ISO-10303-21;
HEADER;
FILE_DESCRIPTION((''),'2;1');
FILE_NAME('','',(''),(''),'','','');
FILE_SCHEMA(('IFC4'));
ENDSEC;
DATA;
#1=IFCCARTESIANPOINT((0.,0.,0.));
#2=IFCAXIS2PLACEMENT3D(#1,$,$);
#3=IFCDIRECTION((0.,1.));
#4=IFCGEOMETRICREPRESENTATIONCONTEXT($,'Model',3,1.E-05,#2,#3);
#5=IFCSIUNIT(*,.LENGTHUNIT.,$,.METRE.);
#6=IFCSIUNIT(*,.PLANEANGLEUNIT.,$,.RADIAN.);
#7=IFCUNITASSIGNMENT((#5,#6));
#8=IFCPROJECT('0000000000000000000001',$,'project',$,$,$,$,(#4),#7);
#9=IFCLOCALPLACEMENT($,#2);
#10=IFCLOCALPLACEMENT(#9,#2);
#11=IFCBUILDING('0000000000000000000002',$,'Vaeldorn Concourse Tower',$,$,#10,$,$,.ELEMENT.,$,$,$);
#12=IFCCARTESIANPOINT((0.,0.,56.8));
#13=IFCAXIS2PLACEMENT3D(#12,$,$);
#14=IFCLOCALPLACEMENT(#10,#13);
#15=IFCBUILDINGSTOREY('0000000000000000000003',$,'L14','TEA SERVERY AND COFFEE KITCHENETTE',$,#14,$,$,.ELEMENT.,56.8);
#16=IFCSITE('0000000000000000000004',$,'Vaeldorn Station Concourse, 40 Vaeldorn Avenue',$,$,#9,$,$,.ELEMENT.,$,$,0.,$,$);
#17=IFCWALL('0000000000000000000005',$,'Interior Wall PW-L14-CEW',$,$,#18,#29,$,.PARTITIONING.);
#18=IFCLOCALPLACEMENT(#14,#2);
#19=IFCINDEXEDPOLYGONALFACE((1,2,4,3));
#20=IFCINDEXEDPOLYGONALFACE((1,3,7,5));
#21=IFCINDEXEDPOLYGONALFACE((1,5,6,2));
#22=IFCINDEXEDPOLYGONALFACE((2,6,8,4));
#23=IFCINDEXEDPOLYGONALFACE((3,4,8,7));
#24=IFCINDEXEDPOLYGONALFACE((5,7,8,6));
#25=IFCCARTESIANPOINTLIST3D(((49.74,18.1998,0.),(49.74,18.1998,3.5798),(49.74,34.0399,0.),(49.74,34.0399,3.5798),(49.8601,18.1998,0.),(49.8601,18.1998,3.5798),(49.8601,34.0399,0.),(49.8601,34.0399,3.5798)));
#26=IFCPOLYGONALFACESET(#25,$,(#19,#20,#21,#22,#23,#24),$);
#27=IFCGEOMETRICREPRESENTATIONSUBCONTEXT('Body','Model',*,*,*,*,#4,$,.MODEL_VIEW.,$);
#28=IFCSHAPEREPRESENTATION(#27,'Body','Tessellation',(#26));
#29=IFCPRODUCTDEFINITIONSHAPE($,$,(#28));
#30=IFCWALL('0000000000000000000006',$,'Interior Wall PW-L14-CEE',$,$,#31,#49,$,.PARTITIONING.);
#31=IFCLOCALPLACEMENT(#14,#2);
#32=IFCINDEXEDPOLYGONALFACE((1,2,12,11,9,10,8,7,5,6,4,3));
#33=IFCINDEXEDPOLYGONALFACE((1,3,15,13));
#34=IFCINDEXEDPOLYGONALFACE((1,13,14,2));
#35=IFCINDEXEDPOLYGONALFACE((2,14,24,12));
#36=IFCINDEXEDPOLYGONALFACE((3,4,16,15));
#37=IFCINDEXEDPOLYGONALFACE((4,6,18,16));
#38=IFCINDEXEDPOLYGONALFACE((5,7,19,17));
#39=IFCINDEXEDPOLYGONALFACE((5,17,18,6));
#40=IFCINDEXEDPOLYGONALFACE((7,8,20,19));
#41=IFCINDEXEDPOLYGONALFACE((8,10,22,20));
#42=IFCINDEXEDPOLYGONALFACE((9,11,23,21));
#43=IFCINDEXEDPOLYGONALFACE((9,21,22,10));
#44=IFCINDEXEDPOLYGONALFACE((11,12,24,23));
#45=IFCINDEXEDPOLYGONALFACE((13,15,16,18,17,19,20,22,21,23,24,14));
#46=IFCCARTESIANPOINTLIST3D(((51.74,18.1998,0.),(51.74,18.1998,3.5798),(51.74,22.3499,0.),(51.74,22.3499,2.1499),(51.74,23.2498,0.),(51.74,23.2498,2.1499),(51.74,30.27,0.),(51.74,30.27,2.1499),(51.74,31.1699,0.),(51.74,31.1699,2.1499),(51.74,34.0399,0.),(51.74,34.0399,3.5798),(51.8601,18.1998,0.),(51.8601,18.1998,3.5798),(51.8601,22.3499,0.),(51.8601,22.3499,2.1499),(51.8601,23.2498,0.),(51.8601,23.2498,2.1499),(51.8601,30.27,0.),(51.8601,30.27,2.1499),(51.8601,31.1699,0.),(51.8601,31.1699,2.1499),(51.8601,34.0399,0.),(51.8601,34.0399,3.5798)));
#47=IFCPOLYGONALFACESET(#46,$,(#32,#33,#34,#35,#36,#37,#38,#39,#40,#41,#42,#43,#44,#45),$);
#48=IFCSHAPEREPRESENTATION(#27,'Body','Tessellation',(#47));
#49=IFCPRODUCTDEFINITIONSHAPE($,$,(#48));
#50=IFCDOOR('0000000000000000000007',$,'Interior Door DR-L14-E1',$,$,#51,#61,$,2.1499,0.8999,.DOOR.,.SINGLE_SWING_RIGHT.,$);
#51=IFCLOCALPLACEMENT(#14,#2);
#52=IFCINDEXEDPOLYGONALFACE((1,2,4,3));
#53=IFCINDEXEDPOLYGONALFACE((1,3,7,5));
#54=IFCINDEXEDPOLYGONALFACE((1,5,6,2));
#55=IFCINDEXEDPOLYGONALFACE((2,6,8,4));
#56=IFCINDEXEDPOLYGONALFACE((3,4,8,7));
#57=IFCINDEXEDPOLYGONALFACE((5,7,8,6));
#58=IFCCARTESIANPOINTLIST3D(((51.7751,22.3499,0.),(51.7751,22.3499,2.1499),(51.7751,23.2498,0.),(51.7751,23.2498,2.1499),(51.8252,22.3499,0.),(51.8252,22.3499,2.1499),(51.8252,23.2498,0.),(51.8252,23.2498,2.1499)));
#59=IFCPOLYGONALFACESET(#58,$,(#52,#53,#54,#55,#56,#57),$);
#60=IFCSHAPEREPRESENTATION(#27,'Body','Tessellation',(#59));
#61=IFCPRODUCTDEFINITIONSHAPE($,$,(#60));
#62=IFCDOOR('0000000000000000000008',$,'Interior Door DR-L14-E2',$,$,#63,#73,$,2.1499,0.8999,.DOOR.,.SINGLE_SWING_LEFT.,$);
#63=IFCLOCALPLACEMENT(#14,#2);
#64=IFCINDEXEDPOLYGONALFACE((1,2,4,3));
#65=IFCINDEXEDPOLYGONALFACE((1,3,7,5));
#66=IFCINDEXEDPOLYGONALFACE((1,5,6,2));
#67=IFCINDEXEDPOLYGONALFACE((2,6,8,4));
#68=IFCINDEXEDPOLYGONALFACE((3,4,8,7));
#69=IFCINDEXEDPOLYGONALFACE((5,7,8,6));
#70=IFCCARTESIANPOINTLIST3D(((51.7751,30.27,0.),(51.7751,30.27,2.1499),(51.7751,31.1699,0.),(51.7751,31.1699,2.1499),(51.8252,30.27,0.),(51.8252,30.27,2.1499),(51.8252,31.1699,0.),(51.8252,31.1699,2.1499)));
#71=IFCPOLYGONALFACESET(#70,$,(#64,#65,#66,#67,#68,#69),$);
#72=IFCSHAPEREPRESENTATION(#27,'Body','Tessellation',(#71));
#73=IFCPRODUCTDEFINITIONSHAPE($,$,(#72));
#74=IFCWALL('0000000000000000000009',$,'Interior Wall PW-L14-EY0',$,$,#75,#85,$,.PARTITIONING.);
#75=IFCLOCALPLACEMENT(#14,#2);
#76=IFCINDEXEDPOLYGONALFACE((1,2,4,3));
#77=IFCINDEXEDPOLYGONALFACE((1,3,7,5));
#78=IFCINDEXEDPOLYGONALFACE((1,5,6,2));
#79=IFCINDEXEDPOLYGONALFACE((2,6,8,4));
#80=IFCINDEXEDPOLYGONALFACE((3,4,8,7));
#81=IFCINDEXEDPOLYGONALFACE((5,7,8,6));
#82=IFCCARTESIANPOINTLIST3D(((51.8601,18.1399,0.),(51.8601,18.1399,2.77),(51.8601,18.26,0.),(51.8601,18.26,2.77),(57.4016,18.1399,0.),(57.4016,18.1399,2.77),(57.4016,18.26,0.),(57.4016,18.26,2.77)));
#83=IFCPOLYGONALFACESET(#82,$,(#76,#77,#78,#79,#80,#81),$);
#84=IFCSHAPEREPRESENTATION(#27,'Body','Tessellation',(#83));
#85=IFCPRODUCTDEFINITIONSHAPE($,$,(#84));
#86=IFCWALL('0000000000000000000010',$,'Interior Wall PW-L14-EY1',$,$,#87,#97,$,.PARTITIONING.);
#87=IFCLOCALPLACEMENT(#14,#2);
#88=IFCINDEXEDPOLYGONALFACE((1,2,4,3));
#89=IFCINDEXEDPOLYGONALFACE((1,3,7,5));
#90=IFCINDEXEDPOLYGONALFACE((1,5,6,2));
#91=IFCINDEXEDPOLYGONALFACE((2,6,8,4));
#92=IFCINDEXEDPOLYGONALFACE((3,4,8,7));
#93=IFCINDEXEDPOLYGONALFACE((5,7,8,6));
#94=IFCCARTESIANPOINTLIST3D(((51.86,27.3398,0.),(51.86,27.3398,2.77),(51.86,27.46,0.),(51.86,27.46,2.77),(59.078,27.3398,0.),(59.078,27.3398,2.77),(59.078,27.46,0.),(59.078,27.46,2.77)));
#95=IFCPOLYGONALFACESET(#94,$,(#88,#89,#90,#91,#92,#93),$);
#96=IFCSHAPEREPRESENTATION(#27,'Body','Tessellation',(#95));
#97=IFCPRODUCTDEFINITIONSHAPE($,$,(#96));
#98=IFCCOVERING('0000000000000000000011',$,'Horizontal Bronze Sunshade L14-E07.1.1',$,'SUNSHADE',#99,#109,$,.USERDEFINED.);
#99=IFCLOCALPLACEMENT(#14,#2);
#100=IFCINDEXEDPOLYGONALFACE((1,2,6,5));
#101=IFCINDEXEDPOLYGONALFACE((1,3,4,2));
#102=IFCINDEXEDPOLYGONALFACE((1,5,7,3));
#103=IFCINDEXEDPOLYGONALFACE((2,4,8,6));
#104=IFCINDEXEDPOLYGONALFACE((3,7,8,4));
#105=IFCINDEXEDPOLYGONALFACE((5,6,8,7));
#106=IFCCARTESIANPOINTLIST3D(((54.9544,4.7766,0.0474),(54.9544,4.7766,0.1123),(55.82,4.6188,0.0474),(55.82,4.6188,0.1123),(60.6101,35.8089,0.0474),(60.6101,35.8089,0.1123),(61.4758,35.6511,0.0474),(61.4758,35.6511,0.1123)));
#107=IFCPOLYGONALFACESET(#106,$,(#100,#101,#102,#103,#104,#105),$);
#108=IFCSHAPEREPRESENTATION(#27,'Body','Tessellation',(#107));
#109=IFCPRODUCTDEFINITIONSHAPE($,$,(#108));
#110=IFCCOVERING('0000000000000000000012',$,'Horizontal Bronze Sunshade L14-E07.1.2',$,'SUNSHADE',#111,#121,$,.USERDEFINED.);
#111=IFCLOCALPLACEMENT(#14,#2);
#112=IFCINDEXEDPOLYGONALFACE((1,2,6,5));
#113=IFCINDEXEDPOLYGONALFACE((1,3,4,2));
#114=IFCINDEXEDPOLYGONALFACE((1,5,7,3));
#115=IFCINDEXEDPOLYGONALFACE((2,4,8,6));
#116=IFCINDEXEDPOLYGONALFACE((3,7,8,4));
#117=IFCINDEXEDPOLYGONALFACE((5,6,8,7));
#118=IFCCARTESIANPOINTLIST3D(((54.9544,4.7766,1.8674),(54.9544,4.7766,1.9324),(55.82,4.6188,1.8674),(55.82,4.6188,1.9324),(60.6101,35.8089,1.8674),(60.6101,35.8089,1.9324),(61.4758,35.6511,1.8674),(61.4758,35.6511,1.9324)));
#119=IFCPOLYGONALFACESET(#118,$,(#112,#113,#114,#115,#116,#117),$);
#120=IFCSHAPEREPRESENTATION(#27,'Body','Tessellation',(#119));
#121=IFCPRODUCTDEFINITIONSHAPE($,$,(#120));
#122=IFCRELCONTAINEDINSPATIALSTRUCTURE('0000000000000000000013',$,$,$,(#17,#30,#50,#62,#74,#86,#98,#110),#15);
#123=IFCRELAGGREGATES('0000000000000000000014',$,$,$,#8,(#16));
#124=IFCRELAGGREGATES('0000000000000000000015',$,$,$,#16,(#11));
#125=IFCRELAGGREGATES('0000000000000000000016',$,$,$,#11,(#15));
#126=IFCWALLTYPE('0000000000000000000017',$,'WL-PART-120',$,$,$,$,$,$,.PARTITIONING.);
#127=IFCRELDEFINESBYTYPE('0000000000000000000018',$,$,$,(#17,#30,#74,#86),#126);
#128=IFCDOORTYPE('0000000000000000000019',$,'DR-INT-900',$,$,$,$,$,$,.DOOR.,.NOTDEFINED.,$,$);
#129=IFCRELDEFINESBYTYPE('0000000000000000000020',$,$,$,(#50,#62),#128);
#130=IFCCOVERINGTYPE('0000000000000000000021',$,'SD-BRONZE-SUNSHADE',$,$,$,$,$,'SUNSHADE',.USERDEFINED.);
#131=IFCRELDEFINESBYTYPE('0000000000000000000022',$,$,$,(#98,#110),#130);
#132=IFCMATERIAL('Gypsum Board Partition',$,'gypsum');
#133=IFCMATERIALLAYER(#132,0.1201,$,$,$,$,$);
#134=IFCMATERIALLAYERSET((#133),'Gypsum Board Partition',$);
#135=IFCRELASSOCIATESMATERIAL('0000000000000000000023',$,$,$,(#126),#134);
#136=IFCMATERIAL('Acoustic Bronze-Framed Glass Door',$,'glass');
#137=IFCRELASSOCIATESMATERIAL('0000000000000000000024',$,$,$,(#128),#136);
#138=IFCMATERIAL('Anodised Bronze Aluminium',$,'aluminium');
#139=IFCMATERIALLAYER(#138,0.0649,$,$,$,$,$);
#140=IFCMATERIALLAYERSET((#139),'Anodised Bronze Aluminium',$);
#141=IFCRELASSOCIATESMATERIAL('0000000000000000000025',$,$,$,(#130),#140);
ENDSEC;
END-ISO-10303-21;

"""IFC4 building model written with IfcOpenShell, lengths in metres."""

from ifc_helpers import new_model, si_unit, direction, frame, frame_2d, origin, origin_2d, place, context, subcontext, project, spatial, rectangle, extrude, source, transform, mapped, material, layer, layer_set, type_object, element, fill, save


model = new_model("IFC4")

# Units and contexts
model_context = context("Model", 3, precision=1e-05, world=origin(), true_north=direction((0.0, 1.0)))
body_context = subcontext(model_context, "Body", "Model", "MODEL_VIEW")
ifc_project = project(units=[si_unit("LENGTHUNIT", "METRE"), si_unit("PLANEANGLEUNIT", "RADIAN")], contexts=[model_context])

# Site, building, storey
site_placement = place(None, origin())
site = spatial("IfcSite", under=ifc_project, at=site_placement, Name="Vaeldorn Station Concourse, 40 Vaeldorn Avenue", CompositionType="ELEMENT", RefElevation=0.0)
building_placement = place(site_placement, origin())
building = spatial("IfcBuilding", under=site, at=building_placement, Name="Vaeldorn Concourse Tower", CompositionType="ELEMENT")
storey_placement = place(building_placement, frame((0.0, 0.0, 56.8)))
storey = spatial("IfcBuildingStorey", under=building, at=storey_placement, Name="L14", Description="TEA SERVERY AND COFFEE KITCHENETTE", CompositionType="ELEMENT", Elevation=56.8)

# Shared definitions
ifc_material_1 = material(Name="Anodised Bronze Aluminium", Category="aluminium")

# Shared definitions
ifc_material_2 = material(Name="Gypsum Board Partition", Category="gypsum")
ifc_layer_1 = layer(ifc_material_2, 0.1201)
ifc_layer_set_1 = layer_set([ifc_layer_1], Name="Gypsum Board Partition")
wall_type = type_object("IfcWallType", Name="WL-PART-120", PredefinedType="PARTITIONING", material=ifc_layer_set_1)

# Shared definitions
ifc_material_3 = material(Name="Acoustic Bronze-Framed Glass Door", Category="glass")
door_type = type_object("IfcDoorType", Name="DR-INT-900", OperationType="NOTDEFINED", PredefinedType="DOOR", material=ifc_material_3)
shared_shape_1 = source(origin(), body_context, "Body", "SweptSolid", [
    extrude(rectangle(XDim=0.8999, YDim=2.1499, at=frame_2d((0.45, 1.075))), frame((0.0, 0.0249, 0.0), z_axis=(0.0, -1.0, 0.0), x_axis=(1.0, 0.0, 0.0)), (0.0, 0.0, 1.0), 0.05),
])

# Wall
wall_1_placement = place(storey_placement, frame((49.8, 18.2, 0.0), z_axis=(0.0, 0.0, 1.0), x_axis=(0.0, 1.0, 0.0)))
element("IfcWall", 1, at=wall_1_placement, inside=storey, type_object=wall_type, Name="Interior Wall PW-L14-CEW", PredefinedType="PARTITIONING", context=body_context, shape_type="SweptSolid", body=[
    extrude(rectangle(XDim=15.8401, YDim=0.1201, at=frame_2d((7.9199, 0.0))), origin(), (0.0, 0.0, 1.0), 3.5798),
])

# Wall, openings, doors
wall_2_placement = place(storey_placement, frame((51.8, 18.2, 0.0), z_axis=(0.0, 0.0, 1.0), x_axis=(0.0, 1.0, 0.0)))
wall_2 = element("IfcWall", 2, at=wall_2_placement, inside=storey, type_object=wall_type, Name="Interior Wall PW-L14-CEE", PredefinedType="PARTITIONING", context=body_context, shape_type="SweptSolid", body=[
    extrude(rectangle(XDim=15.8401, YDim=0.1201, at=frame_2d((7.9199, 0.0))), origin(), (0.0, 0.0, 1.0), 3.5798),
])
opening_1_placement = place(wall_2_placement, frame((4.1499, 0.0, 0.0)))
opening_1 = element("IfcOpeningElement", 3, at=opening_1_placement, cuts=wall_2, PredefinedType="OPENING", context=body_context, shape_type="SweptSolid", body=[
    extrude(rectangle(XDim=0.8999, YDim=2.1499, at=frame_2d((0.45, 1.075))), frame((0.0, 0.0701, 0.0), z_axis=(0.0, -1.0, 0.0), x_axis=(1.0, 0.0, 0.0)), (0.0, 0.0, 1.0), 0.1401),
])
opening_2_placement = place(wall_2_placement, frame((12.0701, 0.0, 0.0)))
opening_2 = element("IfcOpeningElement", 4, at=opening_2_placement, cuts=wall_2, PredefinedType="OPENING", context=body_context, shape_type="SweptSolid", body=[
    extrude(rectangle(XDim=0.8999, YDim=2.1499, at=frame_2d((0.45, 1.075))), frame((0.0, 0.0701, 0.0), z_axis=(0.0, -1.0, 0.0), x_axis=(1.0, 0.0, 0.0)), (0.0, 0.0, 1.0), 0.1401),
])
door_1_placement = place(opening_1_placement, origin())
door_1 = element("IfcDoor", 5, at=door_1_placement, inside=storey, type_object=door_type, Name="Interior Door DR-L14-E1", OperationType="SINGLE_SWING_RIGHT", OverallHeight=2.1499, OverallWidth=0.8999, PredefinedType="DOOR", context=body_context, shape_type="MappedRepresentation", body=[
    mapped(shared_shape_1, transform((0.0, 0.0, 0.0), scale=1.0)),
])
fill(opening_1, door_1)
door_2_placement = place(opening_2_placement, origin())
door_2 = element("IfcDoor", 6, at=door_2_placement, inside=storey, type_object=door_type, Name="Interior Door DR-L14-E2", OperationType="SINGLE_SWING_LEFT", OverallHeight=2.1499, OverallWidth=0.8999, PredefinedType="DOOR", context=body_context, shape_type="MappedRepresentation", body=[
    mapped(shared_shape_1, transform((0.0, 0.0, 0.0), scale=1.0)),
])
fill(opening_2, door_2)

# Walls
wall_3_placement = place(storey_placement, frame((51.8601, 18.2, 0.0), z_axis=(0.0, 0.0, 1.0), x_axis=(1.0, 0.0, 0.0)))
element("IfcWall", 7, at=wall_3_placement, inside=storey, type_object=wall_type, Name="Interior Wall PW-L14-EY0", PredefinedType="PARTITIONING", context=body_context, shape_type="SweptSolid", body=[
    extrude(rectangle(XDim=5.5415, YDim=0.1201, at=frame_2d((2.7708, 0.0))), origin(), (0.0, 0.0, 1.0), 2.77),
])
wall_4_placement = place(storey_placement, frame((51.8601, 27.3999, 0.0), z_axis=(0.0, 0.0, 1.0), x_axis=(1.0, 0.0, 0.0)))
element("IfcWall", 8, at=wall_4_placement, inside=storey, type_object=wall_type, Name="Interior Wall PW-L14-EY1", PredefinedType="PARTITIONING", context=body_context, shape_type="SweptSolid", body=[
    extrude(rectangle(XDim=7.218, YDim=0.1201, at=frame_2d((3.6089, 0.0))), origin(), (0.0, 0.0, 1.0), 2.77),
])

# Coverings
ifc_layer_2 = layer(ifc_material_1, 0.0649)
ifc_layer_set_2 = layer_set([ifc_layer_2], Name="Anodised Bronze Aluminium")
covering_type = type_object("IfcCoveringType", Name="SD-BRONZE-SUNSHADE", ElementType="SUNSHADE", PredefinedType="USERDEFINED", material=ifc_layer_set_2)
shared_shape_2 = source(origin(), body_context, "Body", "SweptSolid", [
    extrude(rectangle(XDim=31.5435, YDim=0.8799, at=origin_2d()), origin(), (0.0, 0.0, 1.0), 0.0649),
])
for number, where, z_axis, x_axis, name in (
    (9, (58.2151, 20.2139, 0.0474), (0.0, 0.0, 1.0), (0.1793, 0.983794, 0.0), "Horizontal Bronze Sunshade L14-E07.1.1"),
    (10, (58.2151, 20.2139, 1.8674), (0.0, 0.0, 1.0), (0.1793, 0.983794, 0.0), "Horizontal Bronze Sunshade L14-E07.1.2"),
):
    element("IfcCovering", number, at=place(storey_placement, frame(where, z_axis=z_axis, x_axis=x_axis)), inside=storey, type_object=covering_type, Name=name, ObjectType="SUNSHADE", PredefinedType="USERDEFINED", context=body_context, shape_type="MappedRepresentation", body=[
        mapped(shared_shape_2, transform((0.0, 0.0, 0.0), scale=1.0)),
    ])

save(model, "model.ifc")
